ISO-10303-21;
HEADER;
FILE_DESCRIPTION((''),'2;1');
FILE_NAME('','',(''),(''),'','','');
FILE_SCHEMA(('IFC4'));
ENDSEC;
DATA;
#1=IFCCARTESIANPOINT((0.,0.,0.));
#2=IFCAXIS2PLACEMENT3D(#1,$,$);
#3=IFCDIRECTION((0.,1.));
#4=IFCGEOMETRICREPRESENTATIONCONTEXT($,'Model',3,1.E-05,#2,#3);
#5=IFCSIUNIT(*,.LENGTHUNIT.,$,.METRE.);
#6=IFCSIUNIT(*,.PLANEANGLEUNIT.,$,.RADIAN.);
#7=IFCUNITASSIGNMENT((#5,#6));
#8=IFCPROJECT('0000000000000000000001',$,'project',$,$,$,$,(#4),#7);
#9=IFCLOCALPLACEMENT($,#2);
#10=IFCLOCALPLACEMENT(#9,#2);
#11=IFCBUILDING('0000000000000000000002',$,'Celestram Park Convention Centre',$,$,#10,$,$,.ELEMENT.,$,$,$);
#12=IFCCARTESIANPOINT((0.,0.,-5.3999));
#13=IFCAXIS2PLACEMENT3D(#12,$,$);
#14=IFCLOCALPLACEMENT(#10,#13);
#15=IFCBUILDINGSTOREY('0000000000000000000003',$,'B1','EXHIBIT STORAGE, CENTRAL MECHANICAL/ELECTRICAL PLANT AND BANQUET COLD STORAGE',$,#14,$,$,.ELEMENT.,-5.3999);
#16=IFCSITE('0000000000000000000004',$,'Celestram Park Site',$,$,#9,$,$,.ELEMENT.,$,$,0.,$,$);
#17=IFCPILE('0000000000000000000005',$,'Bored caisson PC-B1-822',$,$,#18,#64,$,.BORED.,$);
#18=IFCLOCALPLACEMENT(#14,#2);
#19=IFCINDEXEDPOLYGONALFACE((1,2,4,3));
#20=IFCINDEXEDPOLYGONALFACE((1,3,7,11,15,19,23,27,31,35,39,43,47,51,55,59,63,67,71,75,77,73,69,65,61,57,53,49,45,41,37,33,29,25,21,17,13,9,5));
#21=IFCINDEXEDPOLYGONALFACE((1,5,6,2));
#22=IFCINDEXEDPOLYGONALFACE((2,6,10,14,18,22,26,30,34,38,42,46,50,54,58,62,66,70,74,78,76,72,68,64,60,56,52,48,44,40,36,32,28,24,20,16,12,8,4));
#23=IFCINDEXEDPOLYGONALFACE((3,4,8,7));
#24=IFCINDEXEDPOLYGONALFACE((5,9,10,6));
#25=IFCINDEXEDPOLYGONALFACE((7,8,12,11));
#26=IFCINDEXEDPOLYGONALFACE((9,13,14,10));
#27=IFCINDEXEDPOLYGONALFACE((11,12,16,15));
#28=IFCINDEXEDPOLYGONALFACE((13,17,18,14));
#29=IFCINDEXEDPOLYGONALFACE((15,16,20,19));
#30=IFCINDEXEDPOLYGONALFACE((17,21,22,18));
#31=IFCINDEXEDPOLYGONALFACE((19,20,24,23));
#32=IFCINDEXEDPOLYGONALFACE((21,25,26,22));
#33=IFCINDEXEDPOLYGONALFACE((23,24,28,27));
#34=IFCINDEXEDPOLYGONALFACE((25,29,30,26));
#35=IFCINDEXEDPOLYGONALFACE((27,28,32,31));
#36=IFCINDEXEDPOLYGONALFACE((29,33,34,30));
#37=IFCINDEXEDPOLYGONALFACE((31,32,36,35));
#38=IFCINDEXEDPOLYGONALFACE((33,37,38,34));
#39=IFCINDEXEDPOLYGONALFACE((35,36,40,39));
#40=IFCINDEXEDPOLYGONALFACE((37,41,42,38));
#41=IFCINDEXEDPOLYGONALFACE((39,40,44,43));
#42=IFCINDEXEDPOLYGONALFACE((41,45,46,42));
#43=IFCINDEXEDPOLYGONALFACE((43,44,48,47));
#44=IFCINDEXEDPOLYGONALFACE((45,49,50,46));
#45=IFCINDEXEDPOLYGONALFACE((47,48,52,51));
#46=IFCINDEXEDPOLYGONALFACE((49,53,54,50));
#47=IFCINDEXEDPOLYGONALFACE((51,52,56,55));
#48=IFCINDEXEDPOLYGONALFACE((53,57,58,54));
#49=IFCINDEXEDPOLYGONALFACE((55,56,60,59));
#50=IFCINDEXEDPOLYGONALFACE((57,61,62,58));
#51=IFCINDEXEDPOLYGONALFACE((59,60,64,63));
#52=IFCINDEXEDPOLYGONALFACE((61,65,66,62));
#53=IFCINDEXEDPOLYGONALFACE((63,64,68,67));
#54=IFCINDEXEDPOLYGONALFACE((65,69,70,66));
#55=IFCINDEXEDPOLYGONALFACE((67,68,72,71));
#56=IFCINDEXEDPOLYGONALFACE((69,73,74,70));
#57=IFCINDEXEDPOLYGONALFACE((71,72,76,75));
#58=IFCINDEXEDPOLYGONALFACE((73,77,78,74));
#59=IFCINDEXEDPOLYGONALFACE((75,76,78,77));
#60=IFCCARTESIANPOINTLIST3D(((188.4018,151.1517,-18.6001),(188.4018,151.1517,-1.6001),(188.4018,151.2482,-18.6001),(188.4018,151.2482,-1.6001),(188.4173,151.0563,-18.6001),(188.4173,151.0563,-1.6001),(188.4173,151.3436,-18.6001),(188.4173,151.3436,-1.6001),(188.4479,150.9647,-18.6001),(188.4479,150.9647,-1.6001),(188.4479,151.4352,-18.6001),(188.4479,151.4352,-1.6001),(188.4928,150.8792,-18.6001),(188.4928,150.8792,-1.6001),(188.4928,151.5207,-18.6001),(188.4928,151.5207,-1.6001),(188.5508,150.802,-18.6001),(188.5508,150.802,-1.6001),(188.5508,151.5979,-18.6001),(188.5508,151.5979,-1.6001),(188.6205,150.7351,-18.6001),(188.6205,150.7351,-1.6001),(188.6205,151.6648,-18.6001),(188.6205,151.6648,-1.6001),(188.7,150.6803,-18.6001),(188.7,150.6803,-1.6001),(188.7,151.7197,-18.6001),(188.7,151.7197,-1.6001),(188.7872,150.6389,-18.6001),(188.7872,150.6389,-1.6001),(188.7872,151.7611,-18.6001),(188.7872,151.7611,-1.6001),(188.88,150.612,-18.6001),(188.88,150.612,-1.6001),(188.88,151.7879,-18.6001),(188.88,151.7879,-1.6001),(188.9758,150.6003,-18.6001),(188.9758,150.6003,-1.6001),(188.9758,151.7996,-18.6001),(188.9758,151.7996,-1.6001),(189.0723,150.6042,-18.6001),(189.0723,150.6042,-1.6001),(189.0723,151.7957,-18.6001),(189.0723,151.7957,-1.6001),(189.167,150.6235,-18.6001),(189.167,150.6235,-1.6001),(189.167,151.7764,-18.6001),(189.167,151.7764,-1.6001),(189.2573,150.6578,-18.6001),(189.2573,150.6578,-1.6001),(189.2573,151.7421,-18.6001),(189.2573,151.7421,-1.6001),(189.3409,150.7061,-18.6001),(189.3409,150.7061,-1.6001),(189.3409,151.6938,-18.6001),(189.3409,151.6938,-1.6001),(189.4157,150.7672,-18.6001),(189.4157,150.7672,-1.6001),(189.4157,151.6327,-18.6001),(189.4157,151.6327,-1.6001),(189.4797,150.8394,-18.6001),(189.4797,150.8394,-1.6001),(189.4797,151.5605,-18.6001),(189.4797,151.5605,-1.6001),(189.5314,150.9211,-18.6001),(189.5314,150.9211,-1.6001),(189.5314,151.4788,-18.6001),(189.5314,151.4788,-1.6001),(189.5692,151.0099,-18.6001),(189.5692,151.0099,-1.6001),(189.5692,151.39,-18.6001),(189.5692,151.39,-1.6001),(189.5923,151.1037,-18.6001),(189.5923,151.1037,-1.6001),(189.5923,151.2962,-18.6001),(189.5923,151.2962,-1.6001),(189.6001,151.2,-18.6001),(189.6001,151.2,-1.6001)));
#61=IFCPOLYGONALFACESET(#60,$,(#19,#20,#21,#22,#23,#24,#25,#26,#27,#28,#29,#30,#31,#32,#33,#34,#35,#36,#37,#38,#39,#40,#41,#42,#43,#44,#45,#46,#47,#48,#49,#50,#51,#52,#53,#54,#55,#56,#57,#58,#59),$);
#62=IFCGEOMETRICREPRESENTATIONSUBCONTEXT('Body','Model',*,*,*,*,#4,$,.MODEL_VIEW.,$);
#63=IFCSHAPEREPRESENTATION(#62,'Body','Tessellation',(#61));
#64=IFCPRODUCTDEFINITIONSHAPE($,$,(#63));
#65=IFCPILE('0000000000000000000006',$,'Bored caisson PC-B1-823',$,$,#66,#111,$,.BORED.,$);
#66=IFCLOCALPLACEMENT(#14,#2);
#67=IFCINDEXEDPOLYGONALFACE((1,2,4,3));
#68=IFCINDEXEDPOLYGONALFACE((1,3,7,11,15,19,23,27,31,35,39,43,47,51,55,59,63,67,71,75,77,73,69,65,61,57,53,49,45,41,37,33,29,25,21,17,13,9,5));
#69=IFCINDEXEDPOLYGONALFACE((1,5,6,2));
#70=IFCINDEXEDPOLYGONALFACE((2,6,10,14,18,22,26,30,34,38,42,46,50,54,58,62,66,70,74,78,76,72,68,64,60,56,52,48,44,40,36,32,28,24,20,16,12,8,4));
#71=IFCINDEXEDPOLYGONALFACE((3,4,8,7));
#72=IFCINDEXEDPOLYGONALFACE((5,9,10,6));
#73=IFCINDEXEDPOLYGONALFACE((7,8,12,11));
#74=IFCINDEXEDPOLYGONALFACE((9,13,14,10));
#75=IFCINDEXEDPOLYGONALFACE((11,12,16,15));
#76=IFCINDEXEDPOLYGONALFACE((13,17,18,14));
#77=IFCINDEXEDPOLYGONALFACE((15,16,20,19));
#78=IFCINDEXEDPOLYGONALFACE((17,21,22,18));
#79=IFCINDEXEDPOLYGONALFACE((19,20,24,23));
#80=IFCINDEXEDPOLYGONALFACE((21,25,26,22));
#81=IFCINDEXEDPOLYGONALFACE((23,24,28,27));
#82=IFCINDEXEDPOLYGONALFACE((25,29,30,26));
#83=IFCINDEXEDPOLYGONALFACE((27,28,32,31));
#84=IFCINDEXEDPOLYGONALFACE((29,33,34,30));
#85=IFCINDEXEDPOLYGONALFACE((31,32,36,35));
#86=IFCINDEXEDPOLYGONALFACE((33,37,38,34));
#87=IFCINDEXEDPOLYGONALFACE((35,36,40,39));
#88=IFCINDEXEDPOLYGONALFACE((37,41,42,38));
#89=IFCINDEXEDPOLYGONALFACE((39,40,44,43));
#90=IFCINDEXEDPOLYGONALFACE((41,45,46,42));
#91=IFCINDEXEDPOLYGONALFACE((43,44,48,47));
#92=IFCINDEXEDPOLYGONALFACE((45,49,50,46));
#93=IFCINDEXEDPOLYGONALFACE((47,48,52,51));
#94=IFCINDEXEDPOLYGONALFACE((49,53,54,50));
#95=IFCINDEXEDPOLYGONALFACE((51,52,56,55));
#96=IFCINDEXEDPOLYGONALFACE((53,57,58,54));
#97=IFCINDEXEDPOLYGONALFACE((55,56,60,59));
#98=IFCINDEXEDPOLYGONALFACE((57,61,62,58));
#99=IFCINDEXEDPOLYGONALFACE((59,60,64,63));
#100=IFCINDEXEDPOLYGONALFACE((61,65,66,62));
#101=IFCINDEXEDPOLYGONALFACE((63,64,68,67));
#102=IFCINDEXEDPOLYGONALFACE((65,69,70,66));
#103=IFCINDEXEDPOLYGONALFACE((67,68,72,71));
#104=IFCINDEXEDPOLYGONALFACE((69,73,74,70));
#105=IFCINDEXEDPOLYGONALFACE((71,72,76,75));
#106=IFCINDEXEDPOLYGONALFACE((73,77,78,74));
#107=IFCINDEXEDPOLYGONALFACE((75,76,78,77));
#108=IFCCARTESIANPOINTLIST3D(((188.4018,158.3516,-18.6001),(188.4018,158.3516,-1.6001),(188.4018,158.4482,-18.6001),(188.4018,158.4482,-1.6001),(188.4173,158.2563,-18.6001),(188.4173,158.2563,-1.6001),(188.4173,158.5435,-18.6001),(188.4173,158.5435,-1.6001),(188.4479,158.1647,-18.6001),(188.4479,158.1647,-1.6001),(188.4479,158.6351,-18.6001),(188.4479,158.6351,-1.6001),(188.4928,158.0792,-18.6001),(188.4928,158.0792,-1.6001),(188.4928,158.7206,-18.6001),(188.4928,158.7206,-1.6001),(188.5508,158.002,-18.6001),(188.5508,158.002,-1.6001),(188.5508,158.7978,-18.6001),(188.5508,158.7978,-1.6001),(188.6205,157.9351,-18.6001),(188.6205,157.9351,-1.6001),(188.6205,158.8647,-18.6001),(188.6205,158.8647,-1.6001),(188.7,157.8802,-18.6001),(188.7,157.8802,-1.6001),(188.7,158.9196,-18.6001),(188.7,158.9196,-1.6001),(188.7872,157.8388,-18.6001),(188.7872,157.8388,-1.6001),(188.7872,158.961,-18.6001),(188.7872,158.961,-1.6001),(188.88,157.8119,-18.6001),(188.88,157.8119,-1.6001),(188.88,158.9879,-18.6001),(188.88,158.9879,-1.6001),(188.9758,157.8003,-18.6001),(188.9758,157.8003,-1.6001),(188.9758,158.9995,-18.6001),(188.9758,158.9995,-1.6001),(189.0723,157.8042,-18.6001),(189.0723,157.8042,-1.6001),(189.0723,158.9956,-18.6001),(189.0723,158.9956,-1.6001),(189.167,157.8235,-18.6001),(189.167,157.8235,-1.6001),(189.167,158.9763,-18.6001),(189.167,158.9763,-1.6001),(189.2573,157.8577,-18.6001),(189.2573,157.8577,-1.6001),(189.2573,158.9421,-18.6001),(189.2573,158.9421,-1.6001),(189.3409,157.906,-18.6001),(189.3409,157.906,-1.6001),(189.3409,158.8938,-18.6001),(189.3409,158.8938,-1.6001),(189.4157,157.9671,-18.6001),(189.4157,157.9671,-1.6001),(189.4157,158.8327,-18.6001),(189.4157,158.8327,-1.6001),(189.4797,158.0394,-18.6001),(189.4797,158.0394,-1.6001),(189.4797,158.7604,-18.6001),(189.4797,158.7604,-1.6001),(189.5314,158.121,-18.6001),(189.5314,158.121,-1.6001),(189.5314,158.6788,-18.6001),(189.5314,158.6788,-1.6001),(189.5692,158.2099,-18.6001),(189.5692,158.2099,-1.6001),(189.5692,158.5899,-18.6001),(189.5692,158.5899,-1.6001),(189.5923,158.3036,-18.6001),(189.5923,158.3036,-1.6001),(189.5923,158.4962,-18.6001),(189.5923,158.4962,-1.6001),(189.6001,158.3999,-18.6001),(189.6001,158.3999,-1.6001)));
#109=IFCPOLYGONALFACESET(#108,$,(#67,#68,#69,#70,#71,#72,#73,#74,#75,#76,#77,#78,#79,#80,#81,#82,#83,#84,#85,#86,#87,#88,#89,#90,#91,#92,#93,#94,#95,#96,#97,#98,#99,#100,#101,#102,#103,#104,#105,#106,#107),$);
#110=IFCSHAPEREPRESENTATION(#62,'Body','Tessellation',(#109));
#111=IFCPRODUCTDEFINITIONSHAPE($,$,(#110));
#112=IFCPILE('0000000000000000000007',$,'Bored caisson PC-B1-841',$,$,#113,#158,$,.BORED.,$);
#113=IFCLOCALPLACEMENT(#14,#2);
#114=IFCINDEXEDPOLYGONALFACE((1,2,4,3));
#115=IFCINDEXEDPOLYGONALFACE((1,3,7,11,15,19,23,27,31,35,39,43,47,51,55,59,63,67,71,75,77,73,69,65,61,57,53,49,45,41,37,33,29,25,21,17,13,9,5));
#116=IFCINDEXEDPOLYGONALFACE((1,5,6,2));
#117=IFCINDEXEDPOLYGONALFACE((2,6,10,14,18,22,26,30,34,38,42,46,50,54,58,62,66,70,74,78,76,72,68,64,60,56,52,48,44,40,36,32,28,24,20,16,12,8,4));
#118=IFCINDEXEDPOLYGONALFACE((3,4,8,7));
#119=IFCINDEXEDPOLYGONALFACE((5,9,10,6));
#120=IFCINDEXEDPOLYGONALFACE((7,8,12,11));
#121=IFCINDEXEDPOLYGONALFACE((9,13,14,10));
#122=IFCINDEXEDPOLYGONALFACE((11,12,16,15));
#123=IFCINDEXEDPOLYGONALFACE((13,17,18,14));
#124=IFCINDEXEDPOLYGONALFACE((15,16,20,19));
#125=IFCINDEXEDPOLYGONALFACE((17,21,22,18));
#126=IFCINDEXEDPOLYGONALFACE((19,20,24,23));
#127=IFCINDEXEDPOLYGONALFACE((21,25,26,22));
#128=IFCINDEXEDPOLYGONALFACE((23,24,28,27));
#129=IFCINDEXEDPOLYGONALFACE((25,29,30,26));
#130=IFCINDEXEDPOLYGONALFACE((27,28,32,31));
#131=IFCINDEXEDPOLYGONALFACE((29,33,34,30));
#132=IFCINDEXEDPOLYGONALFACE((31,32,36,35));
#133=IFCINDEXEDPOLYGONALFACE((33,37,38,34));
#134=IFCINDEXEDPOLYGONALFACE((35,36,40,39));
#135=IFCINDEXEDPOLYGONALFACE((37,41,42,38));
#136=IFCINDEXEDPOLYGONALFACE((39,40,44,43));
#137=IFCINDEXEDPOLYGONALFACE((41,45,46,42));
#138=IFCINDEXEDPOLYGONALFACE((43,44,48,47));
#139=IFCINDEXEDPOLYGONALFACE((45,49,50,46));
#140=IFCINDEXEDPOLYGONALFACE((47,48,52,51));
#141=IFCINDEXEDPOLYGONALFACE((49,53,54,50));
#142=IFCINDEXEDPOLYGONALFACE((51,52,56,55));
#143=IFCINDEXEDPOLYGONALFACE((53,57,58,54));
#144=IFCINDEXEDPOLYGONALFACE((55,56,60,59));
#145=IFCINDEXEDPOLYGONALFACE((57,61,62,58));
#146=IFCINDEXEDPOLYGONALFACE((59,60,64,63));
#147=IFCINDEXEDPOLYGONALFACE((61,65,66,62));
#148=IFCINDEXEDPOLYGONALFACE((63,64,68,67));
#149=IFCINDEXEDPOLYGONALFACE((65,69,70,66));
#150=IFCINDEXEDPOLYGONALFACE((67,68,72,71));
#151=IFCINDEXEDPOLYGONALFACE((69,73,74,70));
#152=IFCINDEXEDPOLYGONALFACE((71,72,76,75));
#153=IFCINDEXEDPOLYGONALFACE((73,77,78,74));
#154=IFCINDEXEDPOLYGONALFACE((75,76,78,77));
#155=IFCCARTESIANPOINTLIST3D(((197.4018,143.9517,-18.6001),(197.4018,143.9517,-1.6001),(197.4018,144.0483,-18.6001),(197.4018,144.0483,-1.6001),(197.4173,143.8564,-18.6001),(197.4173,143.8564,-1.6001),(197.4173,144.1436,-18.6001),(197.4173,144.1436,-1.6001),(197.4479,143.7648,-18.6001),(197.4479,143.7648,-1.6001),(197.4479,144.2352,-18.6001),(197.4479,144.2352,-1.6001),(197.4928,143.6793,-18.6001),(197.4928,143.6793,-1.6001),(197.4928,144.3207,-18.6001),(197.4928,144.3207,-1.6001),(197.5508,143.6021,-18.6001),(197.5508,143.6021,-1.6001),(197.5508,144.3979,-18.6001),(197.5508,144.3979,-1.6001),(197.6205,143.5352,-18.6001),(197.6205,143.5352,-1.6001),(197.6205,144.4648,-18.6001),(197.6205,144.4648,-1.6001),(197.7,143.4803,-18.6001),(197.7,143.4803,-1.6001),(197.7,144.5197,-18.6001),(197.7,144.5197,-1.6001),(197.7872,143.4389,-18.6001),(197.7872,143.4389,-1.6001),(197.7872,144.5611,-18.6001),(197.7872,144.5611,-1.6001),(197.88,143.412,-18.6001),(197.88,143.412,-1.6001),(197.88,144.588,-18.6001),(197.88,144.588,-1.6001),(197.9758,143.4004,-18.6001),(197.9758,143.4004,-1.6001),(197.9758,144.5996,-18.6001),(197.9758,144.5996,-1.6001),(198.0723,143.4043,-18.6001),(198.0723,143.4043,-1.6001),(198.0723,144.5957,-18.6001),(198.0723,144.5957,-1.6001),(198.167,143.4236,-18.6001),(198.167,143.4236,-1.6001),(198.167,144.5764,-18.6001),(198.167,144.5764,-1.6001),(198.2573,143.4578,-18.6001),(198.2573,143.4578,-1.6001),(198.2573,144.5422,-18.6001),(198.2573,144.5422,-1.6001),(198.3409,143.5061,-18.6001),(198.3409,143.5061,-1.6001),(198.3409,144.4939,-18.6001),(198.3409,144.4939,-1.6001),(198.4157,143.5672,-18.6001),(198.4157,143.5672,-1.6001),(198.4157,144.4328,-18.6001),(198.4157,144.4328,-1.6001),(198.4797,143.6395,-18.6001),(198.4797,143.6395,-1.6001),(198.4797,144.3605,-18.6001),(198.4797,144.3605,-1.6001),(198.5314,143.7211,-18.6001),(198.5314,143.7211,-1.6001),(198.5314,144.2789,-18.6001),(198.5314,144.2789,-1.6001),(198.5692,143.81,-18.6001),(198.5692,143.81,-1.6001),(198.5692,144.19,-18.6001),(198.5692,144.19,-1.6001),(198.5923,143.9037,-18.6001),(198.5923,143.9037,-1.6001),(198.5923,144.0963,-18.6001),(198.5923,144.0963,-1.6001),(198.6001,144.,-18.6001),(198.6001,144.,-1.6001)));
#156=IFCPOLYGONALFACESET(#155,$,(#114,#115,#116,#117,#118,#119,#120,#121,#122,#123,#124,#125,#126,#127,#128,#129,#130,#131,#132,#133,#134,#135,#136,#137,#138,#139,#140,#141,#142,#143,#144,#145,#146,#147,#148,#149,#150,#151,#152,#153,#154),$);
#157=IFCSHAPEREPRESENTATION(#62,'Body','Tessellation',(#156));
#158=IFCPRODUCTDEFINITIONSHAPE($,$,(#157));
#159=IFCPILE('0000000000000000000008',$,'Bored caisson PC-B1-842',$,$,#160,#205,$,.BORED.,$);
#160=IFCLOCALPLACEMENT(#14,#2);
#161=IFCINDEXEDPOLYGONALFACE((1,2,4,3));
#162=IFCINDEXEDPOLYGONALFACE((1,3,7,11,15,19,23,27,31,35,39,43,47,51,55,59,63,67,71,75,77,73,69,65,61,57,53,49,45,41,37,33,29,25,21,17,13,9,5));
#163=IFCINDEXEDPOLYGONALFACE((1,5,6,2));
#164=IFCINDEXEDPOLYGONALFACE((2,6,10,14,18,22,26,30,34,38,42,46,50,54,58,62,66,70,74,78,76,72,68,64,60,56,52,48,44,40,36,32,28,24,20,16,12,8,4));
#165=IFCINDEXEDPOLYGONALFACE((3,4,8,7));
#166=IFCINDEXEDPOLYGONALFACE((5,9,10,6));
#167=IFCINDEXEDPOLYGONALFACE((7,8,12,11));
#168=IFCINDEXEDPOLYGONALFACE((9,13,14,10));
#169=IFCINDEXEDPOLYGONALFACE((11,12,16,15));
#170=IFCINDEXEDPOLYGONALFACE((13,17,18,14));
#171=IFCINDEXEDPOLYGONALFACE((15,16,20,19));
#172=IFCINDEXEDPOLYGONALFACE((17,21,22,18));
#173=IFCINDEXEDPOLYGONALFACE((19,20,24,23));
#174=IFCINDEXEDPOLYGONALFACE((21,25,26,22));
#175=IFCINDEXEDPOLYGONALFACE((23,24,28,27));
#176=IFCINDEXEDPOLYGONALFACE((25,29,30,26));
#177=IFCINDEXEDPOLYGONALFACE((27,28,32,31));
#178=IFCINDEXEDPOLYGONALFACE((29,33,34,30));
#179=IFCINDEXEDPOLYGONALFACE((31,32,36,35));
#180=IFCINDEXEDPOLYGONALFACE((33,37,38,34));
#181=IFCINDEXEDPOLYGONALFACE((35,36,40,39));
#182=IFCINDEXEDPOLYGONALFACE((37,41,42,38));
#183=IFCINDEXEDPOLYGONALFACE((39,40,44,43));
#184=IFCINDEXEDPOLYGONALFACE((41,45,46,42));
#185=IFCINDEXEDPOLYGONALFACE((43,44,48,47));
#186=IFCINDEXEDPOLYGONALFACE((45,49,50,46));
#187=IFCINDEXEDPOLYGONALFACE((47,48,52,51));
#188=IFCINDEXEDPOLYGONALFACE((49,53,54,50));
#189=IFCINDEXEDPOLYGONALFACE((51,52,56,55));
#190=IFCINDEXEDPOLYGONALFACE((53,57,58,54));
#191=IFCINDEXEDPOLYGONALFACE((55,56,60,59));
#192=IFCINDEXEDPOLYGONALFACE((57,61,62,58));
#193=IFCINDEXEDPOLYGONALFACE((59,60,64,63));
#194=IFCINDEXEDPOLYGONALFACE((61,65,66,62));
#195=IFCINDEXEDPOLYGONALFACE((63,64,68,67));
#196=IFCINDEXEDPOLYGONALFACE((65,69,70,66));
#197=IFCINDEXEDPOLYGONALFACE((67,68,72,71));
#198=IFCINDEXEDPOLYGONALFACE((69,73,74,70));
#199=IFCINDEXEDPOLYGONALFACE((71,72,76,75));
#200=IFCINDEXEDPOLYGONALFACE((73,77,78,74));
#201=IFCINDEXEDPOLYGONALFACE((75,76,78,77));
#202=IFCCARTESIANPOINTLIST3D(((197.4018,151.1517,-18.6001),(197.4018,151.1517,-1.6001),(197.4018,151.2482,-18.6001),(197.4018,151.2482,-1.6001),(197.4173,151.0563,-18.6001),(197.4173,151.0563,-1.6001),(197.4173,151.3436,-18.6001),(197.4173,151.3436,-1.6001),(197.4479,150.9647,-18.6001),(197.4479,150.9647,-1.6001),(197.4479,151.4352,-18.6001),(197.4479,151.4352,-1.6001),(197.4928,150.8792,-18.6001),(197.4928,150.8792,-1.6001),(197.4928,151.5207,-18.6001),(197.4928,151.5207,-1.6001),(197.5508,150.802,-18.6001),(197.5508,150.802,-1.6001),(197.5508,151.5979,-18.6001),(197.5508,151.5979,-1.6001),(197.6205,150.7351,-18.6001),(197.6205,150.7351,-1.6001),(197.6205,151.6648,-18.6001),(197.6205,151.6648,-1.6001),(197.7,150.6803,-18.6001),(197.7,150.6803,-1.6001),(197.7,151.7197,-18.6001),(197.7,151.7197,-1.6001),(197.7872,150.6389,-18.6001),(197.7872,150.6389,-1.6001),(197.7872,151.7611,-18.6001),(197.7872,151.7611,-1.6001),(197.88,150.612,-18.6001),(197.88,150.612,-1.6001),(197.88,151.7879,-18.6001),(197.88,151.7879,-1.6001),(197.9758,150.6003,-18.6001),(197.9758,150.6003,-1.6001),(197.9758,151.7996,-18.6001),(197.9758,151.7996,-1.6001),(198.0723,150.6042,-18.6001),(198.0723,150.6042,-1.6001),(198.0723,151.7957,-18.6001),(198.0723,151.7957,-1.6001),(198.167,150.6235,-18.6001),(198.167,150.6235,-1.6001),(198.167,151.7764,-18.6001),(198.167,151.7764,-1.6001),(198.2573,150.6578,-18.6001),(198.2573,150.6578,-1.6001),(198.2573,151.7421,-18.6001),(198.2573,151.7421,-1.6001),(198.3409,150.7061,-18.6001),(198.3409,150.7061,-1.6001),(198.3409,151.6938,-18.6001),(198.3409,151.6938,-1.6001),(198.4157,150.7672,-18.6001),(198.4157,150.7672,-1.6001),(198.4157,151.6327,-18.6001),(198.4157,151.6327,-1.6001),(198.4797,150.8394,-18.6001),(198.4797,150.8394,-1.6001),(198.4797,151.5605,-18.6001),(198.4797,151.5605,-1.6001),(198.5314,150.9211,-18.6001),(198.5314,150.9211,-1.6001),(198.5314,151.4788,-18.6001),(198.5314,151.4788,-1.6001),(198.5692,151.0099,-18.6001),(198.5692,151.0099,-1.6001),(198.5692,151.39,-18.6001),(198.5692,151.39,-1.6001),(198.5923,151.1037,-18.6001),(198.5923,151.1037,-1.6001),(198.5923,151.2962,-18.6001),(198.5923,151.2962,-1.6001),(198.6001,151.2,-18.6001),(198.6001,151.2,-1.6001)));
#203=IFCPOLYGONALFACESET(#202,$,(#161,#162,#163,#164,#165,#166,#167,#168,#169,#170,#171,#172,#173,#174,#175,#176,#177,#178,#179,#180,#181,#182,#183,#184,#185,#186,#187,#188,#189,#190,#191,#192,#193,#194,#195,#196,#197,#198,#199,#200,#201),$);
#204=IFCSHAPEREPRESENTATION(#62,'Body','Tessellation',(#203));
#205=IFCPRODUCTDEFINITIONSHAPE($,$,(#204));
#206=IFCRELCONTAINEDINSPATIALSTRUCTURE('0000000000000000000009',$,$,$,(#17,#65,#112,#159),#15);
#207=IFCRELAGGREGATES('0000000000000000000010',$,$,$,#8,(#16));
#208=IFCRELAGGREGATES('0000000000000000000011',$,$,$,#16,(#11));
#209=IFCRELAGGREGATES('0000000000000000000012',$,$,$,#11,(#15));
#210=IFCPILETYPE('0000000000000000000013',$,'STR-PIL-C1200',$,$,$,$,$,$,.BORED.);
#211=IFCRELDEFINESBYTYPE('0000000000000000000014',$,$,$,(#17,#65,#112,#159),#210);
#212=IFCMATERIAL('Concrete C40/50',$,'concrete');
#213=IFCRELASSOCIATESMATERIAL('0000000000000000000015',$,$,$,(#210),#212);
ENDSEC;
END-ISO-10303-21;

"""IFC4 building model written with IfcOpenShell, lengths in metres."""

from ifc_helpers import new_model, si_unit, direction, frame, origin, origin_2d, place, context, subcontext, project, spatial, circle, extrude, material, material_profile, profile_set, type_object, element, save


model = new_model("IFC4")

# Units and contexts
model_context = context("Model", 3, precision=1e-05, world=origin(), true_north=direction((0.0, 1.0)))
body_context = subcontext(model_context, "Body", "Model", "MODEL_VIEW")
ifc_project = project(units=[si_unit("LENGTHUNIT", "METRE"), si_unit("PLANEANGLEUNIT", "RADIAN")], contexts=[model_context])

# Site, building, storey
site_placement = place(None, origin())
site = spatial("IfcSite", under=ifc_project, at=site_placement, Name="Celestram Park Site", CompositionType="ELEMENT", RefElevation=0.0)
building_placement = place(site_placement, origin())
building = spatial("IfcBuilding", under=site, at=building_placement, Name="Celestram Park Convention Centre", CompositionType="ELEMENT")
storey_placement = place(building_placement, frame((0.0, 0.0, -5.3999)))
storey = spatial("IfcBuildingStorey", under=building, at=storey_placement, Name="B1", Description="EXHIBIT STORAGE, CENTRAL MECHANICAL/ELECTRICAL PLANT AND BANQUET COLD STORAGE", CompositionType="ELEMENT", Elevation=-5.3999)

# Shared definitions
ifc_material_1 = material(Name="Concrete C40/50", Category="concrete")

# Piles
ifc_material_profile_1 = material_profile(ifc_material_1, circle(Radius=0.6001, at=origin_2d()), Name="CAISSON1200")
ifc_profile_set_1 = profile_set([ifc_material_profile_1], Name="Concrete C40/50")
pile_type = type_object("IfcPileType", Name="STR-PIL-C1200", PredefinedType="BORED", material=ifc_profile_set_1)
for number, where, z_axis, x_axis, name in (
    (1, (189.0, 151.2, -1.6001), (0.0, 0.0, -1.0), (1.0, 0.0, 0.0), "Bored caisson PC-B1-822"),
    (2, (189.0, 158.3999, -1.6001), (0.0, 0.0, -1.0), (1.0, 0.0, 0.0), "Bored caisson PC-B1-823"),
    (3, (198.0, 144.0, -1.6001), (0.0, 0.0, -1.0), (1.0, 0.0, 0.0), "Bored caisson PC-B1-841"),
    (4, (198.0, 151.2, -1.6001), (0.0, 0.0, -1.0), (1.0, 0.0, 0.0), "Bored caisson PC-B1-842"),
):
    element("IfcPile", number, at=place(storey_placement, frame(where, z_axis=z_axis, x_axis=x_axis)), inside=storey, type_object=pile_type, Name=name, PredefinedType="BORED", context=body_context, shape_type="SweptSolid", body=[
        extrude(circle(Radius=0.6001, at=origin_2d()), origin(), (0.0, 0.0, 1.0), 17.0),
    ])

save(model, "model.ifc")
